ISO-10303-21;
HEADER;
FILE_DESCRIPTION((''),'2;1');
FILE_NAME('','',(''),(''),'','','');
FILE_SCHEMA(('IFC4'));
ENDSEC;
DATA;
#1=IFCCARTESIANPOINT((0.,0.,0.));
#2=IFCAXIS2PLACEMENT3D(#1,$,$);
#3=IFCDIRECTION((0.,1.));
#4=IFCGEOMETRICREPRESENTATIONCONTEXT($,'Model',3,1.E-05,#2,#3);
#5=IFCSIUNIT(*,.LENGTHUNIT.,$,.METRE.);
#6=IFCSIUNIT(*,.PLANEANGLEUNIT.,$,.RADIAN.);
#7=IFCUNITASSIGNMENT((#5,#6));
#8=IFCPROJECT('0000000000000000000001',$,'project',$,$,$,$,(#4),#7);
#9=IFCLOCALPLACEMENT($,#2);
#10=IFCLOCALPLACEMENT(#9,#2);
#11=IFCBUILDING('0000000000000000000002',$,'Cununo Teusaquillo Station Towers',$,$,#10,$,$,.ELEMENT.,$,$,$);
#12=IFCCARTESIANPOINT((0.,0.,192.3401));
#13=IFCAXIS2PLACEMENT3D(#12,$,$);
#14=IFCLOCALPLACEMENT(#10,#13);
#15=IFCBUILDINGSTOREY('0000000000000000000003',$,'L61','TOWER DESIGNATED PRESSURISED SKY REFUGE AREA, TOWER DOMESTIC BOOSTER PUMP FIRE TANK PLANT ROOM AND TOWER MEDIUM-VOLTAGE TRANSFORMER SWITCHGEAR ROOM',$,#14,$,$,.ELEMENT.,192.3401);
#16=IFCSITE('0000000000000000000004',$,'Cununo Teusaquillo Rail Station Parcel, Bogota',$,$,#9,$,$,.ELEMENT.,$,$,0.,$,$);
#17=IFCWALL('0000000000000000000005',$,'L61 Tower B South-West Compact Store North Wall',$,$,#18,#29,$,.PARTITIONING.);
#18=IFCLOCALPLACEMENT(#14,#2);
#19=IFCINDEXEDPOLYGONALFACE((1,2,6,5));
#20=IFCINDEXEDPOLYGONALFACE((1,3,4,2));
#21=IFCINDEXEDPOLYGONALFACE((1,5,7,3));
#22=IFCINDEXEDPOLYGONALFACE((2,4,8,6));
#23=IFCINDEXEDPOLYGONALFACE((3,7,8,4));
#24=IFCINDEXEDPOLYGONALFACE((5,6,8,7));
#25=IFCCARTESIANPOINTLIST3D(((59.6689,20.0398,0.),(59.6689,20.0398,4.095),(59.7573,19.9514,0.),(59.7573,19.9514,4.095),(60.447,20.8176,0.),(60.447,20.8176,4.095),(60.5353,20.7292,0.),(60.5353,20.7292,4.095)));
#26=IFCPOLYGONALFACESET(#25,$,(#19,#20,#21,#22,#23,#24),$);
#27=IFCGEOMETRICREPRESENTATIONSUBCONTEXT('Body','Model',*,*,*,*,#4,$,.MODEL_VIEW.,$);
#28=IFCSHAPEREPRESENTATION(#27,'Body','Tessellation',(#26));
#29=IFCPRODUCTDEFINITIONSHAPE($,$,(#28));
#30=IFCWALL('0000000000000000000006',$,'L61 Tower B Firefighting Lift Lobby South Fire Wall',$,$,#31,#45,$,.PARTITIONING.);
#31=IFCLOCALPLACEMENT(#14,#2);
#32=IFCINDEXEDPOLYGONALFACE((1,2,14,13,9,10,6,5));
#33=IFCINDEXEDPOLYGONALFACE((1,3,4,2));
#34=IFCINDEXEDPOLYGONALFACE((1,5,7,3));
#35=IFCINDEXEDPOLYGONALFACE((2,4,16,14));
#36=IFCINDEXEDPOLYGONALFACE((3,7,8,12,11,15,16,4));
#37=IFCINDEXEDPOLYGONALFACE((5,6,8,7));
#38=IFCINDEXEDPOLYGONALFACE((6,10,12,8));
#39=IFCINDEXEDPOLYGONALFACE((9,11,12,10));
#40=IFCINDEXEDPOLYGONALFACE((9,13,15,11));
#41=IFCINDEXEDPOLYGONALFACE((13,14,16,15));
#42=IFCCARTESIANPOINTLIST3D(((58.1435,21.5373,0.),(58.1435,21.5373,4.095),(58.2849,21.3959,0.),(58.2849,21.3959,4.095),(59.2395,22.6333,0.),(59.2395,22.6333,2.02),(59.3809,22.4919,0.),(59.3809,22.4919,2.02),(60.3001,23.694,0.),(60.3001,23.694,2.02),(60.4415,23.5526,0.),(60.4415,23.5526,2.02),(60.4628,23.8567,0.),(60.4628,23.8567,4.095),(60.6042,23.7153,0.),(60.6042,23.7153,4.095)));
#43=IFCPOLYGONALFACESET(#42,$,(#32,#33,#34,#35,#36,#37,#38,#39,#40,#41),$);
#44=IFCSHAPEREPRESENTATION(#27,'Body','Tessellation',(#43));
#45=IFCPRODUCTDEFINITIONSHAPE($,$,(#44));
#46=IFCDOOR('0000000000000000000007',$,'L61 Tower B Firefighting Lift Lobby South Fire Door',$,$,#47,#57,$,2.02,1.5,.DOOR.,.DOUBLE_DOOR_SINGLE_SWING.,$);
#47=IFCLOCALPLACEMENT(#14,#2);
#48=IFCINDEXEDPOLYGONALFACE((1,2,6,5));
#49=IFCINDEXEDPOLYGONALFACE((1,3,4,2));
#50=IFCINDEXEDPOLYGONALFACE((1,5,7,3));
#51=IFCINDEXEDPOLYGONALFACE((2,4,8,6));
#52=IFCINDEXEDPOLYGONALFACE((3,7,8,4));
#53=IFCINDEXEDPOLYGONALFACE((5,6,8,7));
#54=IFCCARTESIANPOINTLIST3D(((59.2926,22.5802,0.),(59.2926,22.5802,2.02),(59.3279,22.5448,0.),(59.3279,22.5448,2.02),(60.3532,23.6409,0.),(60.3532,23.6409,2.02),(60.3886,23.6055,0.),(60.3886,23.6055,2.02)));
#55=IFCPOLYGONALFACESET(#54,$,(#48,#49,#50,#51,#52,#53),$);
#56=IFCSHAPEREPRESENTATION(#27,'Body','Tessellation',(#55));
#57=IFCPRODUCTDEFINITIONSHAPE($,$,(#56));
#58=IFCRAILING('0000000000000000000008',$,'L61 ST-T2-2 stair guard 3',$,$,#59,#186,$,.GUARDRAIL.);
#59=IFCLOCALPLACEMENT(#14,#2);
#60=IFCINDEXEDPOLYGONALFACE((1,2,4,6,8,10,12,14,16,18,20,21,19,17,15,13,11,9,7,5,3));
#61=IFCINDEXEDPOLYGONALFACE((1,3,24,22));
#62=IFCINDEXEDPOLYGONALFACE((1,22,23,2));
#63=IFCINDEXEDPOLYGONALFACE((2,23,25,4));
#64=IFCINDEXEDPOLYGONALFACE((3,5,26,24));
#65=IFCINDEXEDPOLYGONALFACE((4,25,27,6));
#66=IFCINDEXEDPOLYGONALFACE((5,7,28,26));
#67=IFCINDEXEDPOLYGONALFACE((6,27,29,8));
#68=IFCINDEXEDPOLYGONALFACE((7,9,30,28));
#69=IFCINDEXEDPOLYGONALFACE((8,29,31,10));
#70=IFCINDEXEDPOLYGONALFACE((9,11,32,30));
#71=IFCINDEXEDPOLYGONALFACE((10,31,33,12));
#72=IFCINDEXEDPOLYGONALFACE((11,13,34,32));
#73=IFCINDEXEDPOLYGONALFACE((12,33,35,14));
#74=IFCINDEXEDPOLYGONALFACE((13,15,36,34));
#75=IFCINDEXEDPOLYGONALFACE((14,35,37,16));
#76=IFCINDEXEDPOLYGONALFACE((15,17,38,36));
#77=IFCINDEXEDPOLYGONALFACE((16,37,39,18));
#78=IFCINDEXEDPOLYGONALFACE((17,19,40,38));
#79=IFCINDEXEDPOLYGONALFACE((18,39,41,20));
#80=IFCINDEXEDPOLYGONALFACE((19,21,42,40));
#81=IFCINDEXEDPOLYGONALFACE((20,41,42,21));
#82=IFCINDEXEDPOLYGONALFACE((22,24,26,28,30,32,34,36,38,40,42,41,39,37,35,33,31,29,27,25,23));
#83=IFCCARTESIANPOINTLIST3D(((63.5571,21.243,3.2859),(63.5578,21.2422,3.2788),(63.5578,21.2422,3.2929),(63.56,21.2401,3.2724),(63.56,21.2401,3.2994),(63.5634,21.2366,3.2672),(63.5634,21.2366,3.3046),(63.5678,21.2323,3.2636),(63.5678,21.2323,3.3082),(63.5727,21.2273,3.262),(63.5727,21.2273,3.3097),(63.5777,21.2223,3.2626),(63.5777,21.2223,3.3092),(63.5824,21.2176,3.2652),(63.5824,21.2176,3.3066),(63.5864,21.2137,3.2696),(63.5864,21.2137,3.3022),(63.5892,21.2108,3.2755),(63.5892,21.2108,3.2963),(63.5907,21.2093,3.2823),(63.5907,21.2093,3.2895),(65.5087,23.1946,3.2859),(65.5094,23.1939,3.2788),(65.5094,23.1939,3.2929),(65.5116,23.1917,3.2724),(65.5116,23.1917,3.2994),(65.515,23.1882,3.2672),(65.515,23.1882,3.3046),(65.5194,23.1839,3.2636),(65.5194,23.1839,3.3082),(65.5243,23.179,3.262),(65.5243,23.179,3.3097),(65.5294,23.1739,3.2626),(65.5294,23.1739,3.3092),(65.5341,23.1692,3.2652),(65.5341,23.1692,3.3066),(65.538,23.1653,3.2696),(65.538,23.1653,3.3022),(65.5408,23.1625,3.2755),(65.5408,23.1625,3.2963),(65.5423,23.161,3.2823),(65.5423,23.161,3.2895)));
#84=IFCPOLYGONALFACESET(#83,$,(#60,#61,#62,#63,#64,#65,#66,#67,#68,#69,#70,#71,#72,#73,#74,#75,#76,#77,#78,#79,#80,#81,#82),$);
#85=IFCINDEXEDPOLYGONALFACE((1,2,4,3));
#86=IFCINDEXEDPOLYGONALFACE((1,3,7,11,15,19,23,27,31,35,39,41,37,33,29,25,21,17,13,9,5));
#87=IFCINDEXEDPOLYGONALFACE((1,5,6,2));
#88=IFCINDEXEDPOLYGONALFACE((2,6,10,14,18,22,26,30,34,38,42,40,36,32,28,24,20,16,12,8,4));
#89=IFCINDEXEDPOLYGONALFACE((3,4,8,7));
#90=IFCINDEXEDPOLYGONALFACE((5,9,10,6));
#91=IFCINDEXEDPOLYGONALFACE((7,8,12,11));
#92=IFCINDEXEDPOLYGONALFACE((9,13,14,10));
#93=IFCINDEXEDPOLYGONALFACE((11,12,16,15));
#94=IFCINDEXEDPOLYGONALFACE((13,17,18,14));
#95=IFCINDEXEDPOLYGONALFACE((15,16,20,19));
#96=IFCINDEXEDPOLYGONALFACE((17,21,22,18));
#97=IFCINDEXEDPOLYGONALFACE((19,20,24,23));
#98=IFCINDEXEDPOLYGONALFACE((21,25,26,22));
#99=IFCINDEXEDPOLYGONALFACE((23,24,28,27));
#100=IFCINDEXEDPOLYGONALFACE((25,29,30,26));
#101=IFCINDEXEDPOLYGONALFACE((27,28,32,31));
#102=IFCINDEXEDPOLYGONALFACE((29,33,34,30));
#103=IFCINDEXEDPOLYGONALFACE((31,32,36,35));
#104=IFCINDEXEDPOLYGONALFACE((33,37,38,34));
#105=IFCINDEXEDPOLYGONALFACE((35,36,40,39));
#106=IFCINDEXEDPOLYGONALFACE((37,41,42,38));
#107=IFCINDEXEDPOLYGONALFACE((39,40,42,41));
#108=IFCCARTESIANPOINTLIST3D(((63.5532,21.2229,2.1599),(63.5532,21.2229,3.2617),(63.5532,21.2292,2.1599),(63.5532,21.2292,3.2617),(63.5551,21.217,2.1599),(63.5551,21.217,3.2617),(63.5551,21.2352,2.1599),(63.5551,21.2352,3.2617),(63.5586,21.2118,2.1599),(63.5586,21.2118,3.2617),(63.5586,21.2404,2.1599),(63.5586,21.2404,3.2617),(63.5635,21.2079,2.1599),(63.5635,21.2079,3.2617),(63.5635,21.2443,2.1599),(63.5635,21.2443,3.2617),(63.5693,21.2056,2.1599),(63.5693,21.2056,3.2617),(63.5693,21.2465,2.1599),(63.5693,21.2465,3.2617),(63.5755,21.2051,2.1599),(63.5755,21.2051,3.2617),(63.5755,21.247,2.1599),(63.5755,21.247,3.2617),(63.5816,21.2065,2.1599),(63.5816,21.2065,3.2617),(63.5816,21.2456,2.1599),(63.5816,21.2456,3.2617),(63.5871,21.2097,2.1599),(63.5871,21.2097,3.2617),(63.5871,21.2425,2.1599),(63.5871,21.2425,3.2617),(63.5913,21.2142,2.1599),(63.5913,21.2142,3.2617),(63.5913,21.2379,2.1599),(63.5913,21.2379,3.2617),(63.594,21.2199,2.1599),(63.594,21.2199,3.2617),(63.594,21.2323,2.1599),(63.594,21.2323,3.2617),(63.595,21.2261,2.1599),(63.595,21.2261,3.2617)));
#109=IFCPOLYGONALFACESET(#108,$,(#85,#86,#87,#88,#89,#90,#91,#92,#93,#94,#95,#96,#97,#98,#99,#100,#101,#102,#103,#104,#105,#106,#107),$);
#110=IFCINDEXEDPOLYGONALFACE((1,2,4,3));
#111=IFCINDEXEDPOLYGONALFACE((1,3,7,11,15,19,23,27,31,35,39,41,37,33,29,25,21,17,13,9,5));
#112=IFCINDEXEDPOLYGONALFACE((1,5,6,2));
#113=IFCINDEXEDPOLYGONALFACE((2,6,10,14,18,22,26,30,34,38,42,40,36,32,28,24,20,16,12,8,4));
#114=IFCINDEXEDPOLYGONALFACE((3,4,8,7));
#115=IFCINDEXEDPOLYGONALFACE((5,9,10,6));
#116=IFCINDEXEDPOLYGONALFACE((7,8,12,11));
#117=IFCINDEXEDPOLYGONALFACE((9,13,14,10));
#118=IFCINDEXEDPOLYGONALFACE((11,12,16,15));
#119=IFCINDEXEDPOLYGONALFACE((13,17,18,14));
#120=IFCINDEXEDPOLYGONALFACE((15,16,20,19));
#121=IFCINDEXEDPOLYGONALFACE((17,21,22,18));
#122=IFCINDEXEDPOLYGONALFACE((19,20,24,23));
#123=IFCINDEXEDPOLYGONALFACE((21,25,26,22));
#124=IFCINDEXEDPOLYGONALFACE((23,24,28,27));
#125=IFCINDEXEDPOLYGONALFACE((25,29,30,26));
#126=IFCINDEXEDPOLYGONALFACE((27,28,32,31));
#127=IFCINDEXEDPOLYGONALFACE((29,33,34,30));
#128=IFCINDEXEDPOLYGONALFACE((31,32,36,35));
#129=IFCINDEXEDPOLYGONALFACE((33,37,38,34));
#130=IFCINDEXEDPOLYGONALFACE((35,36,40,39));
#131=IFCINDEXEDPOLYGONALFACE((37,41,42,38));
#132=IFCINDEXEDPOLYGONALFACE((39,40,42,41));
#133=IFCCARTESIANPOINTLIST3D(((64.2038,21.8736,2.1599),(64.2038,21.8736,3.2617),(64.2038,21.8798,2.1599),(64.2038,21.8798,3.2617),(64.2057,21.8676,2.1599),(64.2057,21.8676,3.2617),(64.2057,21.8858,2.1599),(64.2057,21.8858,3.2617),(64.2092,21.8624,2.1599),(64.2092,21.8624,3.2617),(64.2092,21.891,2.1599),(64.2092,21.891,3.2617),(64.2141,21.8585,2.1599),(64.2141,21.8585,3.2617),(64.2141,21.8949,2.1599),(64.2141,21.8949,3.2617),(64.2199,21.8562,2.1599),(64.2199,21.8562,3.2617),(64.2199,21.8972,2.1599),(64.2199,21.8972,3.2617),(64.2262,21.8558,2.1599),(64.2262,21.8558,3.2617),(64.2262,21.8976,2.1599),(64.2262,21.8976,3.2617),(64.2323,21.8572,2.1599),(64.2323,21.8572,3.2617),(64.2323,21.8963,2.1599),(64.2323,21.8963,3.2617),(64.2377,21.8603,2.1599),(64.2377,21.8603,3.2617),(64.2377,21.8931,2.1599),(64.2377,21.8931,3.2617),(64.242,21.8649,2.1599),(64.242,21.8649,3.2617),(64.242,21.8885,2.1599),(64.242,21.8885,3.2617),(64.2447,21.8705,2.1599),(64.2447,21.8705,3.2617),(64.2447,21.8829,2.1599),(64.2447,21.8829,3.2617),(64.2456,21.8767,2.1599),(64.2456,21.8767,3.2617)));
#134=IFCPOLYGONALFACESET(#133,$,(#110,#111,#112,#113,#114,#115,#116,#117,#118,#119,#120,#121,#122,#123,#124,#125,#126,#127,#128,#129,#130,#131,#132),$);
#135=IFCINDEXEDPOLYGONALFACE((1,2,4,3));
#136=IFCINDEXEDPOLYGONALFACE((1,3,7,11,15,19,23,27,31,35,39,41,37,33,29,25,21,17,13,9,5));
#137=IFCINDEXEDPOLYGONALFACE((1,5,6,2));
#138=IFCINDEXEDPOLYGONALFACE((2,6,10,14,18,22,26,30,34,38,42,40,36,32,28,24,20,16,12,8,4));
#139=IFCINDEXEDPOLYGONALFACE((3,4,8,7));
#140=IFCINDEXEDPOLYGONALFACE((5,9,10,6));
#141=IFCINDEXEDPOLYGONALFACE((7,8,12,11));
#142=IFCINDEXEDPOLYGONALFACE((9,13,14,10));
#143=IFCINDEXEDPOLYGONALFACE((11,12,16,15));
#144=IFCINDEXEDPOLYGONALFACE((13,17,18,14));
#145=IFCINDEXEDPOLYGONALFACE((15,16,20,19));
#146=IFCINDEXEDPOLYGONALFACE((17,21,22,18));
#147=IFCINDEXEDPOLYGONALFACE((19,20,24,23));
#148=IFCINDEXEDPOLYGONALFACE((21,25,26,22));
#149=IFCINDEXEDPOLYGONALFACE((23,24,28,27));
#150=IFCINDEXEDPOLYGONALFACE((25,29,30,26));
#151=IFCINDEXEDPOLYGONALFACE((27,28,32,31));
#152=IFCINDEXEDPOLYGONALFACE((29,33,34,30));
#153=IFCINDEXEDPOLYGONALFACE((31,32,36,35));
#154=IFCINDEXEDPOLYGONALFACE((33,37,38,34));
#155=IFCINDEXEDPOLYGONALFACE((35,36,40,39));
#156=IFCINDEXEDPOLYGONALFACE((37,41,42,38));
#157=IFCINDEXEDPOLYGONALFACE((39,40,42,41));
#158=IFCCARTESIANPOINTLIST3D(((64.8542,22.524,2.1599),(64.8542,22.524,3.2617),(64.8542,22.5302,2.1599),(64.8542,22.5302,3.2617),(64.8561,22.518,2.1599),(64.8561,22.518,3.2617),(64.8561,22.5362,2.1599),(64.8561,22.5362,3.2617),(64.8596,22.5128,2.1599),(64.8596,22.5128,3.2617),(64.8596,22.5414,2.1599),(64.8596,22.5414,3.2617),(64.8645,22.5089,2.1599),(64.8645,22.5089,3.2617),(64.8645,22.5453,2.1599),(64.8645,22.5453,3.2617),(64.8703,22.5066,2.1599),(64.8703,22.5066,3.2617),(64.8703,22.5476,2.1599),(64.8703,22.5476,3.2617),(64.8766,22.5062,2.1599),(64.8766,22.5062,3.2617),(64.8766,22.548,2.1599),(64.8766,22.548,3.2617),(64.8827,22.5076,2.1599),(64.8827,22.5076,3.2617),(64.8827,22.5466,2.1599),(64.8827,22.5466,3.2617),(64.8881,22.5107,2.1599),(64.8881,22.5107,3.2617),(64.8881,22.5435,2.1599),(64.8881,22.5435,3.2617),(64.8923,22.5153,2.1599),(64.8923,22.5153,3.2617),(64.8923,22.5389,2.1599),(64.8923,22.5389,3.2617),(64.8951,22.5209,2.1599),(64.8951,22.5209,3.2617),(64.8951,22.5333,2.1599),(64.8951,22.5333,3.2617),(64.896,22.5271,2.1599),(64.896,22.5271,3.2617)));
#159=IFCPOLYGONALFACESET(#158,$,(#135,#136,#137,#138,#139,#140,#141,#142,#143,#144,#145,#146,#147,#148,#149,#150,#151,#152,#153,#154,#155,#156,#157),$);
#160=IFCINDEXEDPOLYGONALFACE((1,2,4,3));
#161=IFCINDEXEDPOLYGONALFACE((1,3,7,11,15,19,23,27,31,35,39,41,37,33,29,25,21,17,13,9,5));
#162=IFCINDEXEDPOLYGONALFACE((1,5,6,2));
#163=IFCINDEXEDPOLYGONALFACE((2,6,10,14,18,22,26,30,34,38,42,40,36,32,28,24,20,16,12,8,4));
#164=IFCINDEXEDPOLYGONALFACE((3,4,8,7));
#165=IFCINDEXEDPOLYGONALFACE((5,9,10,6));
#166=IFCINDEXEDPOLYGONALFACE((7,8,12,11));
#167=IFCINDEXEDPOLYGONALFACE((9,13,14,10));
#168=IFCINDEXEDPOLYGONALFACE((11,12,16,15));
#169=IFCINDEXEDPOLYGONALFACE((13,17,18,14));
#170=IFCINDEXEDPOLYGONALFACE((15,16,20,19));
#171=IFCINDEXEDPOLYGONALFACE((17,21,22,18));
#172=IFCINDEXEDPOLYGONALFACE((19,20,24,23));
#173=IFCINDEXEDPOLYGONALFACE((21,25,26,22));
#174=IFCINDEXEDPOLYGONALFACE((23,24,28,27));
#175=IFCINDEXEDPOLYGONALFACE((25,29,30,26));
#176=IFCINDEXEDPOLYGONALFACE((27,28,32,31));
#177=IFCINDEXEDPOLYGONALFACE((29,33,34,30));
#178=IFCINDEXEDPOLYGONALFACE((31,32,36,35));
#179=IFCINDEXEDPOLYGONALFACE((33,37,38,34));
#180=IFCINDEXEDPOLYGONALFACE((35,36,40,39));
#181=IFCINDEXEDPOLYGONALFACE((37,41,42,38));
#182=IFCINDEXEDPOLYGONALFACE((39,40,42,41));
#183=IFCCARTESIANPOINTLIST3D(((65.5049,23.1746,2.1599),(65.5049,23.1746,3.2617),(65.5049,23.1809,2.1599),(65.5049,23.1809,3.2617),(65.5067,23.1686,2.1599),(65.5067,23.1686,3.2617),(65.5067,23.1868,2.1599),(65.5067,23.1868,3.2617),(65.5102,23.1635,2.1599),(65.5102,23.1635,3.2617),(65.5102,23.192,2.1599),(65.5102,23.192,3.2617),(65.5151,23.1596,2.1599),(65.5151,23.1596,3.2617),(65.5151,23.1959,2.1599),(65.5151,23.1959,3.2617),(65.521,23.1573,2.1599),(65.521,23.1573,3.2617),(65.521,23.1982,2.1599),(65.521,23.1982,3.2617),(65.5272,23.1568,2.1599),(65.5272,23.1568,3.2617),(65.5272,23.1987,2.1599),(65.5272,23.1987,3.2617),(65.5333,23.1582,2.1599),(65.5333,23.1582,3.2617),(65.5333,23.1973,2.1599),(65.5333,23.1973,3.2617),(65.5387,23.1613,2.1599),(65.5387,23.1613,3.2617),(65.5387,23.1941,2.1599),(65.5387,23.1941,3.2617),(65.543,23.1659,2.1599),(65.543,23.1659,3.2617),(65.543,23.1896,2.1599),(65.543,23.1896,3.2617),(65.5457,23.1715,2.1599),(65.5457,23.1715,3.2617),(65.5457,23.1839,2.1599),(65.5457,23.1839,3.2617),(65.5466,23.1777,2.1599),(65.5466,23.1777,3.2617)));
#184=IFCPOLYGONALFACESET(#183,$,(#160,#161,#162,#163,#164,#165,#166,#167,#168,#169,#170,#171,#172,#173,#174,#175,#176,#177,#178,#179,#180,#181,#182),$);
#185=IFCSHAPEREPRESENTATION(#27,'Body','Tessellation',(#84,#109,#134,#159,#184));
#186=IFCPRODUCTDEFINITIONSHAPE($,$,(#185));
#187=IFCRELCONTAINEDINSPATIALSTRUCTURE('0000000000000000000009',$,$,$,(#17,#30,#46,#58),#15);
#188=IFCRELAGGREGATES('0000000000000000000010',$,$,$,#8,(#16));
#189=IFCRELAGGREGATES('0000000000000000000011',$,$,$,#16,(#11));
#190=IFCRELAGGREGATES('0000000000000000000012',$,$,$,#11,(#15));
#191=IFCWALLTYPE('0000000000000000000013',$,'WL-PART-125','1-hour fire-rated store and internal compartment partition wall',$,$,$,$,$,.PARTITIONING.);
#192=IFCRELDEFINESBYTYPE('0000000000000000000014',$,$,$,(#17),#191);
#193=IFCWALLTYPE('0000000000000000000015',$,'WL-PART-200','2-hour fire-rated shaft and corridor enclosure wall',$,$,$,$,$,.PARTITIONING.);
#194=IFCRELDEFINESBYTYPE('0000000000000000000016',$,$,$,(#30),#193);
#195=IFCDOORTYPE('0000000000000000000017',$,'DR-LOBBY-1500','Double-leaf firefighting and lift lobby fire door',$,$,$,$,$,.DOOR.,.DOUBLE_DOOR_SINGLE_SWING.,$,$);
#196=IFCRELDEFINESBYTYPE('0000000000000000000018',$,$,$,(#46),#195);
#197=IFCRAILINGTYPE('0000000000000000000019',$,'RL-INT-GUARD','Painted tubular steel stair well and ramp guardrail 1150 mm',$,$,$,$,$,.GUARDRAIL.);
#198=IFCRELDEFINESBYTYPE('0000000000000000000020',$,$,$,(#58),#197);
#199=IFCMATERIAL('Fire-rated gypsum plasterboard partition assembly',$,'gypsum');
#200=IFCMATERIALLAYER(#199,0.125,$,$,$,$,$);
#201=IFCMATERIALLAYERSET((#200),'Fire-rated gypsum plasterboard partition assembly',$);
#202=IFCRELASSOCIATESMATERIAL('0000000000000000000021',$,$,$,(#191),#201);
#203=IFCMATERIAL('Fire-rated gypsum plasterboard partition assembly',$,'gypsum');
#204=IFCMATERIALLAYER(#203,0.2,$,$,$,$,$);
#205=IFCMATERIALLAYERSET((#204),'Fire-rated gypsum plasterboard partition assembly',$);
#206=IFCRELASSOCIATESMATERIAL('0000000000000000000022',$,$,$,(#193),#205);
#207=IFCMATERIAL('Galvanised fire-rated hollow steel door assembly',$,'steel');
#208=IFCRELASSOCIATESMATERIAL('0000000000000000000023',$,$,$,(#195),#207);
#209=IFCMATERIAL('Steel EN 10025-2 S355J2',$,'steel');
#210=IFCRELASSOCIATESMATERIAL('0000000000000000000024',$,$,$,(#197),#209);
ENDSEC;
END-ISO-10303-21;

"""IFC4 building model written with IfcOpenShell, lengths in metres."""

from ifc_helpers import new_model, si_unit, direction, frame, frame_2d, origin, origin_2d, place, context, subcontext, project, spatial, rectangle, circle, extrude, source, transform, mapped, material, layer, layer_set, type_object, element, fill, save


model = new_model("IFC4")

# Units and contexts
model_context = context("Model", 3, precision=1e-05, world=origin(), true_north=direction((0.0, 1.0)))
body_context = subcontext(model_context, "Body", "Model", "MODEL_VIEW")
ifc_project = project(units=[si_unit("LENGTHUNIT", "METRE"), si_unit("PLANEANGLEUNIT", "RADIAN")], contexts=[model_context])

# Site, building, storey
site_placement = place(None, origin())
site = spatial("IfcSite", under=ifc_project, at=site_placement, Name="Cununo Teusaquillo Rail Station Parcel, Bogota", CompositionType="ELEMENT", RefElevation=0.0)
building_placement = place(site_placement, origin())
building = spatial("IfcBuilding", under=site, at=building_placement, Name="Cununo Teusaquillo Station Towers", CompositionType="ELEMENT")
storey_placement = place(building_placement, frame((0.0, 0.0, 192.3401)))
storey = spatial("IfcBuildingStorey", under=building, at=storey_placement, Name="L61", Description="TOWER DESIGNATED PRESSURISED SKY REFUGE AREA, TOWER DOMESTIC BOOSTER PUMP FIRE TANK PLANT ROOM AND TOWER MEDIUM-VOLTAGE TRANSFORMER SWITCHGEAR ROOM", CompositionType="ELEMENT", Elevation=192.3401)

# Shared definitions
ifc_material_1 = material(Name="Fire-rated gypsum plasterboard partition assembly", Category="gypsum")
ifc_layer_1 = layer(ifc_material_1, 0.125)
ifc_layer_set_1 = layer_set([ifc_layer_1], Name="Fire-rated gypsum plasterboard partition assembly")
wall_type_1 = type_object("IfcWallType", Name="WL-PART-125", Description="1-hour fire-rated store and internal compartment partition wall", PredefinedType="PARTITIONING", material=ifc_layer_set_1)

# Wall
wall_1_placement = place(storey_placement, frame((59.7131, 19.9956, 0.0), z_axis=(0.0, 0.0, 1.0), x_axis=(0.707218, 0.706996, 0.0)))
element("IfcWall", 1, at=wall_1_placement, inside=storey, type_object=wall_type_1, Name="L61 Tower B South-West Compact Store North Wall", PredefinedType="PARTITIONING", context=body_context, shape_type="SweptSolid", body=[
    extrude(rectangle(XDim=1.1001, YDim=0.125, at=frame_2d((0.55, 0.0))), origin(), (0.0, 0.0, 1.0), 4.095),
])

# Wall, opening, door
ifc_material_2 = material(Name="Fire-rated gypsum plasterboard partition assembly", Category="gypsum")
ifc_layer_2 = layer(ifc_material_2, 0.2)
ifc_layer_set_2 = layer_set([ifc_layer_2], Name="Fire-rated gypsum plasterboard partition assembly")
wall_type_2 = type_object("IfcWallType", Name="WL-PART-200", Description="2-hour fire-rated shaft and corridor enclosure wall", PredefinedType="PARTITIONING", material=ifc_layer_set_2)
wall_2_placement = place(storey_placement, frame((58.2141, 21.4666, 0.0), z_axis=(0.0, 0.0, 1.0), x_axis=(0.707107, 0.707107, 0.0)))
wall_2 = element("IfcWall", 2, at=wall_2_placement, inside=storey, type_object=wall_type_2, Name="L61 Tower B Firefighting Lift Lobby South Fire Wall", PredefinedType="PARTITIONING", context=body_context, shape_type="SweptSolid", body=[
    extrude(rectangle(XDim=3.28, YDim=0.2, at=frame_2d((1.6401, 0.0))), origin(), (0.0, 0.0, 1.0), 4.095),
])
shared_shape_1 = source(origin(), body_context, "Body", "SweptSolid", [
    extrude(rectangle(XDim=1.5, YDim=2.02, at=frame_2d((0.75, 1.01))), frame((0.0, 0.1099, 0.0), z_axis=(0.0, -1.0, 0.0), x_axis=(1.0, 0.0, 0.0)), (0.0, 0.0, 1.0), 0.22),
])
opening_1_placement = place(wall_2_placement, frame((1.55, 0.0, 0.0)))
opening_1 = element("IfcOpeningElement", 3, at=opening_1_placement, cuts=wall_2, PredefinedType="OPENING", context=body_context, shape_type="MappedRepresentation", body=[
    mapped(shared_shape_1, transform((0.0, 0.0, 0.0), x_axis=(1.0, 0.0, 0.0), y_axis=(0.0, 1.0, 0.0), z_axis=(0.0, 0.0, 1.0), scale=1.0)),
])
ifc_material_3 = material(Name="Galvanised fire-rated hollow steel door assembly", Category="steel")
door_type_1 = type_object("IfcDoorType", Name="DR-LOBBY-1500", Description="Double-leaf firefighting and lift lobby fire door", OperationType="DOUBLE_DOOR_SINGLE_SWING", PredefinedType="DOOR", material=ifc_material_3)
shared_shape_2 = source(origin(), body_context, "Body", "SweptSolid", [
    extrude(rectangle(XDim=1.5, YDim=2.02, at=frame_2d((0.75, 1.01))), frame((0.0, 0.0249, 0.0), z_axis=(0.0, -1.0, 0.0), x_axis=(1.0, 0.0, 0.0)), (0.0, 0.0, 1.0), 0.05),
])
door_1_placement = place(opening_1_placement, origin())
door_1 = element("IfcDoor", 4, at=door_1_placement, inside=storey, type_object=door_type_1, Name="L61 Tower B Firefighting Lift Lobby South Fire Door", OperationType="DOUBLE_DOOR_SINGLE_SWING", OverallHeight=2.02, OverallWidth=1.5, PredefinedType="DOOR", context=body_context, shape_type="MappedRepresentation", body=[
    mapped(shared_shape_2, transform((0.0, 0.0, 0.0), x_axis=(1.0, 0.0, 0.0), y_axis=(0.0, 1.0, 0.0), z_axis=(0.0, 0.0, 1.0), scale=1.0)),
])
fill(opening_1, door_1)

# Railing
ifc_material_4 = material(Name="Steel EN 10025-2 S355J2", Category="steel")
railing_type = type_object("IfcRailingType", Name="RL-INT-GUARD", Description="Painted tubular steel stair well and ramp guardrail 1150 mm", PredefinedType="GUARDRAIL", material=ifc_material_4)
railing_1_placement = place(storey_placement, frame((63.574, 21.2261, 2.1599)))
element("IfcRailing", 5, at=railing_1_placement, inside=storey, type_object=railing_type, Name="L61 ST-T2-2 stair guard 3", PredefinedType="GUARDRAIL", context=body_context, shape_type="SweptSolid", body=[
    extrude(circle(Radius=0.0239, at=origin_2d()), frame((0.0, 0.0, 1.126), z_axis=(0.707107, 0.707107, 0.0), x_axis=(-0.707107, 0.707107, 0.0)), (0.0, 0.0, 1.0), 2.76),
    extrude(circle(Radius=0.021, at=origin_2d()), origin(), (0.0, 0.0, 1.0), 1.1018),
    extrude(circle(Radius=0.021, at=origin_2d()), frame((0.6506, 0.6506, 0.0)), (0.0, 0.0, 1.0), 1.1018),
    extrude(circle(Radius=0.021, at=origin_2d()), frame((1.301, 1.301, 0.0)), (0.0, 0.0, 1.0), 1.1018),
    extrude(circle(Radius=0.021, at=origin_2d()), frame((1.9517, 1.9517, 0.0)), (0.0, 0.0, 1.0), 1.1018),
])

save(model, "model.ifc")
